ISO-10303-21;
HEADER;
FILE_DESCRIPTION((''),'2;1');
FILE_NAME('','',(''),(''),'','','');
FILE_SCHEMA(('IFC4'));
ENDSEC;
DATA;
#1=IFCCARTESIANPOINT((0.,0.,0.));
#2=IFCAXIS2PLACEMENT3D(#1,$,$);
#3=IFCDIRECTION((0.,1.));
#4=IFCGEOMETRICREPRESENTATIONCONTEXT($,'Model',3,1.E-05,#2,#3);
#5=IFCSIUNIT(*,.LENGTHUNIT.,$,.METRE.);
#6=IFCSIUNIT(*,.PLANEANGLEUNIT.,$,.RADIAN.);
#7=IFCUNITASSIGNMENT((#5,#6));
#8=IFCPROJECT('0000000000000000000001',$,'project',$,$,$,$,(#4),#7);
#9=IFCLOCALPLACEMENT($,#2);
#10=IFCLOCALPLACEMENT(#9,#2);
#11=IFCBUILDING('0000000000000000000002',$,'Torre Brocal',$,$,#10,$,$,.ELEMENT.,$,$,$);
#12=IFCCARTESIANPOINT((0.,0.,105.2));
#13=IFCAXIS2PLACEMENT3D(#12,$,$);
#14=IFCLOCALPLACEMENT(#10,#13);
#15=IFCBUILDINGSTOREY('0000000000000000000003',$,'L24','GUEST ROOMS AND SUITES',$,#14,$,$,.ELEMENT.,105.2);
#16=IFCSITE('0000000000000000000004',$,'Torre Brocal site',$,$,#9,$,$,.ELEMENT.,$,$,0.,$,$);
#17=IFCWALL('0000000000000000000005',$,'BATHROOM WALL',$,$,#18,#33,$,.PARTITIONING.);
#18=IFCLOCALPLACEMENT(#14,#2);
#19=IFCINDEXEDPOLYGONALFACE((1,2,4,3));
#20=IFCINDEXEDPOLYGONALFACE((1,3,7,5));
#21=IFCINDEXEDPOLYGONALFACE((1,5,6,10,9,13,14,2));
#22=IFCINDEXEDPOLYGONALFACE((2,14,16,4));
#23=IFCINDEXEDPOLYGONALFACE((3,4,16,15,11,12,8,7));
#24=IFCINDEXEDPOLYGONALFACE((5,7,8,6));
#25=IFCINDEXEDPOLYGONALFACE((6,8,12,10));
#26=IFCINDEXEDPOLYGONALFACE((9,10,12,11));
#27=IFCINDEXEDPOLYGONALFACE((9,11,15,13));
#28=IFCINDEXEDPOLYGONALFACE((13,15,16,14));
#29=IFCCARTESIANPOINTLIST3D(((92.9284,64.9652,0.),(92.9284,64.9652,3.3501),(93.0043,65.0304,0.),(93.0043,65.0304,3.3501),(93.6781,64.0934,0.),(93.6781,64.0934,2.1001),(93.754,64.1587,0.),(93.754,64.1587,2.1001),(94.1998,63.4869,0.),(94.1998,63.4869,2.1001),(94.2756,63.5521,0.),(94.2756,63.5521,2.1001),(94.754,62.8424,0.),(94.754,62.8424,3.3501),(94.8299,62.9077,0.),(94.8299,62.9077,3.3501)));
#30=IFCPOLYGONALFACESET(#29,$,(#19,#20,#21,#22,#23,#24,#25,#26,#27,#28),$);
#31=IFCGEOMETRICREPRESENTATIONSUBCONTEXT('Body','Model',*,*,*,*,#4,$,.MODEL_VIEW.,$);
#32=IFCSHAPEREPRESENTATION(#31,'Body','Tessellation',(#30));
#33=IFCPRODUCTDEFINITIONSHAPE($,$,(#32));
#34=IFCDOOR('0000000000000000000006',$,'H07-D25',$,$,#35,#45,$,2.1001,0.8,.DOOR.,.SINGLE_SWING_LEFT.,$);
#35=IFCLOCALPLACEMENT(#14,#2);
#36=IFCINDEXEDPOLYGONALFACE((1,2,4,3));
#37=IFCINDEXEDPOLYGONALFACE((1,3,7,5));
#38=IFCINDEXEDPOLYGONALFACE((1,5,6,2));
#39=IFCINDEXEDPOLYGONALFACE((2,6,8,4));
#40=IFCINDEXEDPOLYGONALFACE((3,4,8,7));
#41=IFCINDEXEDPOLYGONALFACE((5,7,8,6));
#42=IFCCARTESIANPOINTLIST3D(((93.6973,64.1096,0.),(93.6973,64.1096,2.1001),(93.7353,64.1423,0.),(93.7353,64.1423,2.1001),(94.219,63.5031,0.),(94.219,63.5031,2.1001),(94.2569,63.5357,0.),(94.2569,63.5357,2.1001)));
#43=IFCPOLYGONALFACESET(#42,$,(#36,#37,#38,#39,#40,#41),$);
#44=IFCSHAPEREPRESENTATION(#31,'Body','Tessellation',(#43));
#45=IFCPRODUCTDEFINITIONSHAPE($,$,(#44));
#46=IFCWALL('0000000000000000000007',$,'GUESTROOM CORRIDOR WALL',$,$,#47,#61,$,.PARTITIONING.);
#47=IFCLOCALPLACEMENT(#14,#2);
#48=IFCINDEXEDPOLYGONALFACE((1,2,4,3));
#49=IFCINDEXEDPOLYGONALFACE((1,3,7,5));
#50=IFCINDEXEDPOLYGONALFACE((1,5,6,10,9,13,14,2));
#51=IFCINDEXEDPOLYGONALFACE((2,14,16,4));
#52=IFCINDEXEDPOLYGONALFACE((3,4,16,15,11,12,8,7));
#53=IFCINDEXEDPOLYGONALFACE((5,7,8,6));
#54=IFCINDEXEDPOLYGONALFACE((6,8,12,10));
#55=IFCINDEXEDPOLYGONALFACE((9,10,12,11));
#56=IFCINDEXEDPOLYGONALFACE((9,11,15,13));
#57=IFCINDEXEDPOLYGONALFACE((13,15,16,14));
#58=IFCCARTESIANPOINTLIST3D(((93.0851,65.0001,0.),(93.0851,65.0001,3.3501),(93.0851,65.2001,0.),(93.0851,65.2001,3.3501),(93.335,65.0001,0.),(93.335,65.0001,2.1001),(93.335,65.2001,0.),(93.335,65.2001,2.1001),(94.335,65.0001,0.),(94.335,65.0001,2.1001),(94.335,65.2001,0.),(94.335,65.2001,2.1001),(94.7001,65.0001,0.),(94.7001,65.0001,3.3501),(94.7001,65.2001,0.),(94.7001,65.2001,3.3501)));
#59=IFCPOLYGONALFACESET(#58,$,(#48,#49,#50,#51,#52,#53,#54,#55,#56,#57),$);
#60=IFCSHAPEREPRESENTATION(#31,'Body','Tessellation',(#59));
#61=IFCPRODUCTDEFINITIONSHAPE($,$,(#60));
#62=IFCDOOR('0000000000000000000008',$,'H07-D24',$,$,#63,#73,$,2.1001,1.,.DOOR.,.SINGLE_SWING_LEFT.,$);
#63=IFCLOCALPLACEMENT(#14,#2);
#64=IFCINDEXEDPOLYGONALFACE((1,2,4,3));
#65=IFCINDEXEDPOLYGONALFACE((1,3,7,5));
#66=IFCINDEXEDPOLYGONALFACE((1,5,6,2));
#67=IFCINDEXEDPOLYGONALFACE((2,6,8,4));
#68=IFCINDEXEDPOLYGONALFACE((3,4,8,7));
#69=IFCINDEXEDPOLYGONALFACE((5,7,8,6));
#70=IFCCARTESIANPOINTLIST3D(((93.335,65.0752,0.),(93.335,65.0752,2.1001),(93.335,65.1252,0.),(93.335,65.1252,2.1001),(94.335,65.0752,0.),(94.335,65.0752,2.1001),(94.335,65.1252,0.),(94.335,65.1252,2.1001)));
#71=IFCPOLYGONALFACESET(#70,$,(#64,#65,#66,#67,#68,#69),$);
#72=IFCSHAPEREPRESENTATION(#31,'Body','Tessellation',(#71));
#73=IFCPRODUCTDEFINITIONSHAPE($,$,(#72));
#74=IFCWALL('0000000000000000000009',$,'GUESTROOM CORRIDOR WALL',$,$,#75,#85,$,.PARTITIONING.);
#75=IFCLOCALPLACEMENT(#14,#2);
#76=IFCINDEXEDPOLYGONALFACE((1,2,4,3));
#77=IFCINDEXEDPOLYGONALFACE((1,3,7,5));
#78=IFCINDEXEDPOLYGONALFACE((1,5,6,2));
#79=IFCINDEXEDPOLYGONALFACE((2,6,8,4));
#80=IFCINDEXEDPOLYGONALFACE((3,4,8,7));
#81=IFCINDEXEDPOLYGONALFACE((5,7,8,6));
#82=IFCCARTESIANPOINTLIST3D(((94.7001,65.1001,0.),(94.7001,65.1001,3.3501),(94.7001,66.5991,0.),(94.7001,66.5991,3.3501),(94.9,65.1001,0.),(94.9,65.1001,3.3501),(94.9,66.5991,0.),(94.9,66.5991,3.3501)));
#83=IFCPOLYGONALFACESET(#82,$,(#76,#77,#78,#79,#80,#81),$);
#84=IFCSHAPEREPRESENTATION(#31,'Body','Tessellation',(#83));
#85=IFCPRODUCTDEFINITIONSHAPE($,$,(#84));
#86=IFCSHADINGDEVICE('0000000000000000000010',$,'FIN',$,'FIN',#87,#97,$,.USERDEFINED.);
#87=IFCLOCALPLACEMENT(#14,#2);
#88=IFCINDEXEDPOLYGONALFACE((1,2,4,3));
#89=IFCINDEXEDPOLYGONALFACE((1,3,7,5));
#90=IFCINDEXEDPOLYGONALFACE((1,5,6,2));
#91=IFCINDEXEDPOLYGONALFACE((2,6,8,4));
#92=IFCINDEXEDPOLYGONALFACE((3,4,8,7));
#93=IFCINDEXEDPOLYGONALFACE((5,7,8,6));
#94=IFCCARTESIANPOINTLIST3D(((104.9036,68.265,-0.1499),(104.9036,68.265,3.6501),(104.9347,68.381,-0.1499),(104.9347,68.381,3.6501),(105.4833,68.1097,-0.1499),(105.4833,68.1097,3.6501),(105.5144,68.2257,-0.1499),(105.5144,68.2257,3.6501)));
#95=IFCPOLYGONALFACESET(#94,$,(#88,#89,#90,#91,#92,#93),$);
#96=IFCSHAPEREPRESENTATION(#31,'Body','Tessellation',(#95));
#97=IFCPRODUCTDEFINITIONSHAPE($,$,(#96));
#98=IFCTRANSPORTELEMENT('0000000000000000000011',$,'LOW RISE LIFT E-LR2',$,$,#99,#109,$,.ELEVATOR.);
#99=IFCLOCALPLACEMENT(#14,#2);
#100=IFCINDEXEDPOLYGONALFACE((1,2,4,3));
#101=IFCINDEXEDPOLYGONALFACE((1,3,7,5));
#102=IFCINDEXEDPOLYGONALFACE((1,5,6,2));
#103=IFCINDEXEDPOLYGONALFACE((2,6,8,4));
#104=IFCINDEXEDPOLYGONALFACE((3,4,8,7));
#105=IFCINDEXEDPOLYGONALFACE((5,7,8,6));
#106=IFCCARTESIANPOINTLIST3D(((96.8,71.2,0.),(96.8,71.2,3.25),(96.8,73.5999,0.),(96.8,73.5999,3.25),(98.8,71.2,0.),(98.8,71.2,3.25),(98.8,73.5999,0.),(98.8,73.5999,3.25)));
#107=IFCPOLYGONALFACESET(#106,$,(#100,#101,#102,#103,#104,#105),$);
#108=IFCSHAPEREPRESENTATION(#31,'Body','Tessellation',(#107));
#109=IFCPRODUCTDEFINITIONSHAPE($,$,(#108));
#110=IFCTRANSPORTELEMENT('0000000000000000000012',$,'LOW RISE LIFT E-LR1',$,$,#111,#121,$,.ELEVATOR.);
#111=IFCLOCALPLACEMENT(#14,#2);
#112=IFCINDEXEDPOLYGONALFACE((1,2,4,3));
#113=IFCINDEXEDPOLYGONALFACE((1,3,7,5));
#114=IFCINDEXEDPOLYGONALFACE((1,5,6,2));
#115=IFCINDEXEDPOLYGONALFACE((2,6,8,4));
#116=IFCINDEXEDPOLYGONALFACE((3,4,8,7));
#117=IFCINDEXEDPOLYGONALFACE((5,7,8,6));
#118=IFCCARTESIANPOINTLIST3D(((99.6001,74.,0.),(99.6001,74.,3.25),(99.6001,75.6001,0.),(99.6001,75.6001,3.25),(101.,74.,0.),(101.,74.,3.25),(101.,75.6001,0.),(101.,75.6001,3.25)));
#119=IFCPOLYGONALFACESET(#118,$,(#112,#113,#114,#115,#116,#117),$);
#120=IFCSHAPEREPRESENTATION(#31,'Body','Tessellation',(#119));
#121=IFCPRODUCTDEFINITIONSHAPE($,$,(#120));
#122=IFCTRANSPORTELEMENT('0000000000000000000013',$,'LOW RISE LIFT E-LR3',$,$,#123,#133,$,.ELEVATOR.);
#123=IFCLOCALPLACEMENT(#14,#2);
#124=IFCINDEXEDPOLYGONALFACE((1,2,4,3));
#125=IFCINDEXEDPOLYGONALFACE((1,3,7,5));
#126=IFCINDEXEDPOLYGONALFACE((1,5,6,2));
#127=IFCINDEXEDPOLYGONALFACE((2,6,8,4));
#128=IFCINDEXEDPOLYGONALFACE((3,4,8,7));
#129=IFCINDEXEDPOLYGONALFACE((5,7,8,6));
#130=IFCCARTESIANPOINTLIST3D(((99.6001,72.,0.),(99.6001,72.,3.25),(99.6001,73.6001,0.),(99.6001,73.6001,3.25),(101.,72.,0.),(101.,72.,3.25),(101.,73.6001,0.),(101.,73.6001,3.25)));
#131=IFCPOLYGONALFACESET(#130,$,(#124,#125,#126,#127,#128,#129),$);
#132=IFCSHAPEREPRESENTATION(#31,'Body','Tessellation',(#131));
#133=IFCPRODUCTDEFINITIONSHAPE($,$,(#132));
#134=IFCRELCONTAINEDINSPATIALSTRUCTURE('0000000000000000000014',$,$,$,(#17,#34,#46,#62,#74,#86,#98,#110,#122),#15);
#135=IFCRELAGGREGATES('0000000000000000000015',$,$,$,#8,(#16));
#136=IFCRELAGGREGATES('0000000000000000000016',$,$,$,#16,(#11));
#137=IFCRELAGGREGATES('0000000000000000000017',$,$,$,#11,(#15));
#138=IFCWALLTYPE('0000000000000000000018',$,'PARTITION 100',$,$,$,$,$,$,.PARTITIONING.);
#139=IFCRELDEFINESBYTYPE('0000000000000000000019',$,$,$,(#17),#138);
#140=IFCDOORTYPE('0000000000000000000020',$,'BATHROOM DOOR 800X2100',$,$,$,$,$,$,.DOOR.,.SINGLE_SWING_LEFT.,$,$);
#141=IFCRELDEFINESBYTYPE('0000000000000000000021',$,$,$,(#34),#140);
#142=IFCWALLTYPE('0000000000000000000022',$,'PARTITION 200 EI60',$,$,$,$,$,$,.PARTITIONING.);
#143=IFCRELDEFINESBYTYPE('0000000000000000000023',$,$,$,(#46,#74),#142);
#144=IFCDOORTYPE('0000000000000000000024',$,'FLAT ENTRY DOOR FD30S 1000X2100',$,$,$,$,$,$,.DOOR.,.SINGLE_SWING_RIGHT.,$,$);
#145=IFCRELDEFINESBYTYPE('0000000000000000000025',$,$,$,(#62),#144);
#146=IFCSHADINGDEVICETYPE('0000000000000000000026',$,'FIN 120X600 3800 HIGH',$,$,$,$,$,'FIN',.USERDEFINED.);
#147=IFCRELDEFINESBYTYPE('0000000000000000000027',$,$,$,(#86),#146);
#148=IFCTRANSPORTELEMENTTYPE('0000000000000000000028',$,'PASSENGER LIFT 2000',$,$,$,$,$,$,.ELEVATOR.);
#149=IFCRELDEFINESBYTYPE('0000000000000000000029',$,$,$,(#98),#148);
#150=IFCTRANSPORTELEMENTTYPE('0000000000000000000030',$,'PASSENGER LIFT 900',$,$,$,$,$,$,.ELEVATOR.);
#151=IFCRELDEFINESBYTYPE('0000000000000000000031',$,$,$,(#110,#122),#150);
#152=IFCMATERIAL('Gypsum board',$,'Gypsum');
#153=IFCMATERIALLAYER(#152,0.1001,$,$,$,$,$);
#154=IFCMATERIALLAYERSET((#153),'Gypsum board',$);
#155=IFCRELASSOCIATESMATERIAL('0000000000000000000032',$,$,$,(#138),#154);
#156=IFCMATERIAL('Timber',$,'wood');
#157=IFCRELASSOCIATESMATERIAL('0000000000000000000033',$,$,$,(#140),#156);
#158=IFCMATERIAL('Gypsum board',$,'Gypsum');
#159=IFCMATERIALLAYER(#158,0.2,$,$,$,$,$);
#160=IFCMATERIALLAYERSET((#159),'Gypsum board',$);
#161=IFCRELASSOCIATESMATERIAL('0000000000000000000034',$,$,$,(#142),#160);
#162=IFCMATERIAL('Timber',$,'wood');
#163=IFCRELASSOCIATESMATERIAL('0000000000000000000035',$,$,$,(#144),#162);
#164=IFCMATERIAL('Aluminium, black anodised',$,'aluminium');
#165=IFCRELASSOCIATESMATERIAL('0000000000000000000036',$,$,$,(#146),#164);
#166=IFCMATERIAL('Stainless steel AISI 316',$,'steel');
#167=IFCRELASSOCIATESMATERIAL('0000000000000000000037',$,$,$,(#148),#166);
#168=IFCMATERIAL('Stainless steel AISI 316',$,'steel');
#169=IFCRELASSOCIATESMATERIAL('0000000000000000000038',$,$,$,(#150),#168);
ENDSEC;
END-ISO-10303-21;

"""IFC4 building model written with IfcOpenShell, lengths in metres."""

from ifc_helpers import new_model, si_unit, direction, frame, frame_2d, origin, origin_2d, place, context, subcontext, project, spatial, rectangle, extrude, material, layer, layer_set, material_profile, profile_set, type_object, element, fill, save


model = new_model("IFC4")

# Units and contexts
model_context = context("Model", 3, precision=1e-05, world=origin(), true_north=direction((0.0, 1.0)))
body_context = subcontext(model_context, "Body", "Model", "MODEL_VIEW")
ifc_project = project(units=[si_unit("LENGTHUNIT", "METRE"), si_unit("PLANEANGLEUNIT", "RADIAN")], contexts=[model_context])

# Site, building, storey
site_placement = place(None, origin())
site = spatial("IfcSite", under=ifc_project, at=site_placement, Name="Torre Brocal site", CompositionType="ELEMENT", RefElevation=0.0)
building_placement = place(site_placement, origin())
building = spatial("IfcBuilding", under=site, at=building_placement, Name="Torre Brocal", CompositionType="ELEMENT")
storey_placement = place(building_placement, frame((0.0, 0.0, 105.2)))
storey = spatial("IfcBuildingStorey", under=building, at=storey_placement, Name="L24", Description="GUEST ROOMS AND SUITES", CompositionType="ELEMENT", Elevation=105.2)

# Walls, openings, doors
ifc_material_1 = material(Name="Gypsum board", Category="Gypsum")
ifc_layer_1 = layer(ifc_material_1, 0.1001)
ifc_layer_set_1 = layer_set([ifc_layer_1], Name="Gypsum board")
wall_type_1 = type_object("IfcWallType", Name="PARTITION 100", PredefinedType="PARTITIONING", material=ifc_layer_set_1)
wall_1_placement = place(storey_placement, frame((92.9663, 64.9978, 0.0), z_axis=(0.0, 0.0, 1.0), x_axis=(0.652054, -0.758172, 0.0)))
wall_1 = element("IfcWall", 1, at=wall_1_placement, inside=storey, type_object=wall_type_1, Name="BATHROOM WALL", PredefinedType="PARTITIONING", context=body_context, shape_type="SweptSolid", body=[
    extrude(rectangle(XDim=2.7998, YDim=0.1001, at=frame_2d((1.3999, 0.0))), origin(), (0.0, 0.0, 1.0), 3.3501),
])
opening_1_placement = place(wall_1_placement, frame((1.1499, 0.0, 0.0)))
opening_1 = element("IfcOpeningElement", 2, at=opening_1_placement, cuts=wall_1, PredefinedType="OPENING", context=body_context, shape_type="SweptSolid", body=[
    extrude(rectangle(XDim=0.8, YDim=2.1001, at=frame_2d((0.3999, 1.05))), frame((0.0, 0.0601, 0.0), z_axis=(0.0, -1.0, 0.0), x_axis=(1.0, 0.0, 0.0)), (0.0, 0.0, 1.0), 0.1201),
])
ifc_material_2 = material(Name="Timber", Category="wood")
door_type_1 = type_object("IfcDoorType", Name="BATHROOM DOOR 800X2100", OperationType="SINGLE_SWING_LEFT", PredefinedType="DOOR", material=ifc_material_2)
door_1_placement = place(opening_1_placement, frame((0.8, 0.0, 0.0), z_axis=(0.0, 0.0, 1.0), x_axis=(-1.0, 0.0, 0.0)))
door_1 = element("IfcDoor", 3, at=door_1_placement, inside=storey, type_object=door_type_1, Name="H07-D25", OperationType="SINGLE_SWING_LEFT", OverallHeight=2.1001, OverallWidth=0.8, PredefinedType="DOOR", context=body_context, shape_type="SweptSolid", body=[
    extrude(rectangle(XDim=0.8, YDim=2.1001, at=frame_2d((0.3999, 1.05))), frame((0.0, 0.0249, 0.0), z_axis=(0.0, -1.0, 0.0), x_axis=(1.0, 0.0, 0.0)), (0.0, 0.0, 1.0), 0.05),
])
fill(opening_1, door_1)
ifc_material_3 = material(Name="Gypsum board", Category="Gypsum")
ifc_layer_2 = layer(ifc_material_3, 0.2)
ifc_layer_set_2 = layer_set([ifc_layer_2], Name="Gypsum board")
wall_type_2 = type_object("IfcWallType", Name="PARTITION 200 EI60", PredefinedType="PARTITIONING", material=ifc_layer_set_2)
wall_2_placement = place(storey_placement, frame((93.085, 65.1001, 0.0), z_axis=(0.0, 0.0, 1.0), x_axis=(1.0, 0.0, 0.0)))
wall_2 = element("IfcWall", 4, at=wall_2_placement, inside=storey, type_object=wall_type_2, Name="GUESTROOM CORRIDOR WALL", PredefinedType="PARTITIONING", context=body_context, shape_type="SweptSolid", body=[
    extrude(rectangle(XDim=1.615, YDim=0.2, at=frame_2d((0.8076, 0.0))), origin(), (0.0, 0.0, 1.0), 3.3501),
])
opening_2_placement = place(wall_2_placement, frame((0.25, 0.0, 0.0)))
opening_2 = element("IfcOpeningElement", 5, at=opening_2_placement, cuts=wall_2, PredefinedType="OPENING", context=body_context, shape_type="SweptSolid", body=[
    extrude(rectangle(XDim=1.0, YDim=2.1001, at=frame_2d((0.5, 1.05))), frame((0.0, 0.1099, 0.0), z_axis=(0.0, -1.0, 0.0), x_axis=(1.0, 0.0, 0.0)), (0.0, 0.0, 1.0), 0.22),
])
ifc_material_4 = material(Name="Timber", Category="wood")
door_type_2 = type_object("IfcDoorType", Name="FLAT ENTRY DOOR FD30S 1000X2100", OperationType="SINGLE_SWING_RIGHT", PredefinedType="DOOR", material=ifc_material_4)
door_2_placement = place(opening_2_placement, frame((1.0, 0.0, 0.0), z_axis=(0.0, 0.0, 1.0), x_axis=(-1.0, 0.0, 0.0)))
door_2 = element("IfcDoor", 6, at=door_2_placement, inside=storey, type_object=door_type_2, Name="H07-D24", OperationType="SINGLE_SWING_LEFT", OverallHeight=2.1001, OverallWidth=1.0, PredefinedType="DOOR", context=body_context, shape_type="SweptSolid", body=[
    extrude(rectangle(XDim=1.0, YDim=2.1001, at=frame_2d((0.5, 1.05))), frame((0.0, 0.0249, 0.0), z_axis=(0.0, -1.0, 0.0), x_axis=(1.0, 0.0, 0.0)), (0.0, 0.0, 1.0), 0.05),
])
fill(opening_2, door_2)

# Wall
wall_3_placement = place(storey_placement, frame((94.8, 65.1001, 0.0), z_axis=(0.0, 0.0, 1.0), x_axis=(0.0, 1.0, 0.0)))
element("IfcWall", 7, at=wall_3_placement, inside=storey, type_object=wall_type_2, Name="GUESTROOM CORRIDOR WALL", PredefinedType="PARTITIONING", context=body_context, shape_type="SweptSolid", body=[
    extrude(rectangle(XDim=1.499, YDim=0.2, at=frame_2d((0.7495, 0.0))), origin(), (0.0, 0.0, 1.0), 3.3501),
])

# Shading device
ifc_material_5 = material(Name="Aluminium, black anodised", Category="aluminium")
ifc_material_profile_1 = material_profile(ifc_material_5, rectangle(XDim=0.1201, YDim=0.6001, at=origin_2d()), Name="FIN 120X600 3800 HIGH")
ifc_profile_set_1 = profile_set([ifc_material_profile_1], Name="Aluminium, black anodised")
shading_device_type = type_object("IfcShadingDeviceType", Name="FIN 120X600 3800 HIGH", ElementType="FIN", PredefinedType="USERDEFINED", material=ifc_profile_set_1)
shading_device_placement = place(storey_placement, frame((105.209, 68.2454, -0.1499), z_axis=(0.0, 0.0, 1.0), x_axis=(0.258819, 0.965926, 0.0)))
element("IfcShadingDevice", 8, at=shading_device_placement, inside=storey, type_object=shading_device_type, Name="FIN", ObjectType="FIN", PredefinedType="USERDEFINED", context=body_context, shape_type="SweptSolid", body=[
    extrude(rectangle(XDim=0.1201, YDim=0.6001, at=origin_2d()), origin(), (0.0, 0.0, 1.0), 3.8),
])

# Transport elements
ifc_material_6 = material(Name="Stainless steel AISI 316", Category="steel")
transport_element_type_1 = type_object("IfcTransportElementType", Name="PASSENGER LIFT 2000", PredefinedType="ELEVATOR", material=ifc_material_6)
transport_element_placement = place(storey_placement, frame((97.8, 72.3999, 0.0), z_axis=(0.0, 0.0, 1.0), x_axis=(1.0, 0.0, 0.0)))
element("IfcTransportElement", 9, at=transport_element_placement, inside=storey, type_object=transport_element_type_1, Name="LOW RISE LIFT E-LR2", PredefinedType="ELEVATOR", context=body_context, shape_type="SweptSolid", body=[
    extrude(rectangle(XDim=2.0, YDim=2.3999, at=origin_2d()), origin(), (0.0, 0.0, 1.0), 3.25),
])
ifc_material_7 = material(Name="Stainless steel AISI 316", Category="steel")
transport_element_type_2 = type_object("IfcTransportElementType", Name="PASSENGER LIFT 900", PredefinedType="ELEVATOR", material=ifc_material_7)
for number, where, z_axis, x_axis, name in (
    (10, (100.3, 74.8, 0.0), (0.0, 0.0, 1.0), (1.0, 0.0, 0.0), "LOW RISE LIFT E-LR1"),
    (11, (100.3, 72.8, 0.0), (0.0, 0.0, 1.0), (1.0, 0.0, 0.0), "LOW RISE LIFT E-LR3"),
):
    element("IfcTransportElement", number, at=place(storey_placement, frame(where, z_axis=z_axis, x_axis=x_axis)), inside=storey, type_object=transport_element_type_2, Name=name, PredefinedType="ELEVATOR", context=body_context, shape_type="SweptSolid", body=[
        extrude(rectangle(XDim=1.3999, YDim=1.6001, at=origin_2d()), origin(), (0.0, 0.0, 1.0), 3.25),
    ])

save(model, "model.ifc")
